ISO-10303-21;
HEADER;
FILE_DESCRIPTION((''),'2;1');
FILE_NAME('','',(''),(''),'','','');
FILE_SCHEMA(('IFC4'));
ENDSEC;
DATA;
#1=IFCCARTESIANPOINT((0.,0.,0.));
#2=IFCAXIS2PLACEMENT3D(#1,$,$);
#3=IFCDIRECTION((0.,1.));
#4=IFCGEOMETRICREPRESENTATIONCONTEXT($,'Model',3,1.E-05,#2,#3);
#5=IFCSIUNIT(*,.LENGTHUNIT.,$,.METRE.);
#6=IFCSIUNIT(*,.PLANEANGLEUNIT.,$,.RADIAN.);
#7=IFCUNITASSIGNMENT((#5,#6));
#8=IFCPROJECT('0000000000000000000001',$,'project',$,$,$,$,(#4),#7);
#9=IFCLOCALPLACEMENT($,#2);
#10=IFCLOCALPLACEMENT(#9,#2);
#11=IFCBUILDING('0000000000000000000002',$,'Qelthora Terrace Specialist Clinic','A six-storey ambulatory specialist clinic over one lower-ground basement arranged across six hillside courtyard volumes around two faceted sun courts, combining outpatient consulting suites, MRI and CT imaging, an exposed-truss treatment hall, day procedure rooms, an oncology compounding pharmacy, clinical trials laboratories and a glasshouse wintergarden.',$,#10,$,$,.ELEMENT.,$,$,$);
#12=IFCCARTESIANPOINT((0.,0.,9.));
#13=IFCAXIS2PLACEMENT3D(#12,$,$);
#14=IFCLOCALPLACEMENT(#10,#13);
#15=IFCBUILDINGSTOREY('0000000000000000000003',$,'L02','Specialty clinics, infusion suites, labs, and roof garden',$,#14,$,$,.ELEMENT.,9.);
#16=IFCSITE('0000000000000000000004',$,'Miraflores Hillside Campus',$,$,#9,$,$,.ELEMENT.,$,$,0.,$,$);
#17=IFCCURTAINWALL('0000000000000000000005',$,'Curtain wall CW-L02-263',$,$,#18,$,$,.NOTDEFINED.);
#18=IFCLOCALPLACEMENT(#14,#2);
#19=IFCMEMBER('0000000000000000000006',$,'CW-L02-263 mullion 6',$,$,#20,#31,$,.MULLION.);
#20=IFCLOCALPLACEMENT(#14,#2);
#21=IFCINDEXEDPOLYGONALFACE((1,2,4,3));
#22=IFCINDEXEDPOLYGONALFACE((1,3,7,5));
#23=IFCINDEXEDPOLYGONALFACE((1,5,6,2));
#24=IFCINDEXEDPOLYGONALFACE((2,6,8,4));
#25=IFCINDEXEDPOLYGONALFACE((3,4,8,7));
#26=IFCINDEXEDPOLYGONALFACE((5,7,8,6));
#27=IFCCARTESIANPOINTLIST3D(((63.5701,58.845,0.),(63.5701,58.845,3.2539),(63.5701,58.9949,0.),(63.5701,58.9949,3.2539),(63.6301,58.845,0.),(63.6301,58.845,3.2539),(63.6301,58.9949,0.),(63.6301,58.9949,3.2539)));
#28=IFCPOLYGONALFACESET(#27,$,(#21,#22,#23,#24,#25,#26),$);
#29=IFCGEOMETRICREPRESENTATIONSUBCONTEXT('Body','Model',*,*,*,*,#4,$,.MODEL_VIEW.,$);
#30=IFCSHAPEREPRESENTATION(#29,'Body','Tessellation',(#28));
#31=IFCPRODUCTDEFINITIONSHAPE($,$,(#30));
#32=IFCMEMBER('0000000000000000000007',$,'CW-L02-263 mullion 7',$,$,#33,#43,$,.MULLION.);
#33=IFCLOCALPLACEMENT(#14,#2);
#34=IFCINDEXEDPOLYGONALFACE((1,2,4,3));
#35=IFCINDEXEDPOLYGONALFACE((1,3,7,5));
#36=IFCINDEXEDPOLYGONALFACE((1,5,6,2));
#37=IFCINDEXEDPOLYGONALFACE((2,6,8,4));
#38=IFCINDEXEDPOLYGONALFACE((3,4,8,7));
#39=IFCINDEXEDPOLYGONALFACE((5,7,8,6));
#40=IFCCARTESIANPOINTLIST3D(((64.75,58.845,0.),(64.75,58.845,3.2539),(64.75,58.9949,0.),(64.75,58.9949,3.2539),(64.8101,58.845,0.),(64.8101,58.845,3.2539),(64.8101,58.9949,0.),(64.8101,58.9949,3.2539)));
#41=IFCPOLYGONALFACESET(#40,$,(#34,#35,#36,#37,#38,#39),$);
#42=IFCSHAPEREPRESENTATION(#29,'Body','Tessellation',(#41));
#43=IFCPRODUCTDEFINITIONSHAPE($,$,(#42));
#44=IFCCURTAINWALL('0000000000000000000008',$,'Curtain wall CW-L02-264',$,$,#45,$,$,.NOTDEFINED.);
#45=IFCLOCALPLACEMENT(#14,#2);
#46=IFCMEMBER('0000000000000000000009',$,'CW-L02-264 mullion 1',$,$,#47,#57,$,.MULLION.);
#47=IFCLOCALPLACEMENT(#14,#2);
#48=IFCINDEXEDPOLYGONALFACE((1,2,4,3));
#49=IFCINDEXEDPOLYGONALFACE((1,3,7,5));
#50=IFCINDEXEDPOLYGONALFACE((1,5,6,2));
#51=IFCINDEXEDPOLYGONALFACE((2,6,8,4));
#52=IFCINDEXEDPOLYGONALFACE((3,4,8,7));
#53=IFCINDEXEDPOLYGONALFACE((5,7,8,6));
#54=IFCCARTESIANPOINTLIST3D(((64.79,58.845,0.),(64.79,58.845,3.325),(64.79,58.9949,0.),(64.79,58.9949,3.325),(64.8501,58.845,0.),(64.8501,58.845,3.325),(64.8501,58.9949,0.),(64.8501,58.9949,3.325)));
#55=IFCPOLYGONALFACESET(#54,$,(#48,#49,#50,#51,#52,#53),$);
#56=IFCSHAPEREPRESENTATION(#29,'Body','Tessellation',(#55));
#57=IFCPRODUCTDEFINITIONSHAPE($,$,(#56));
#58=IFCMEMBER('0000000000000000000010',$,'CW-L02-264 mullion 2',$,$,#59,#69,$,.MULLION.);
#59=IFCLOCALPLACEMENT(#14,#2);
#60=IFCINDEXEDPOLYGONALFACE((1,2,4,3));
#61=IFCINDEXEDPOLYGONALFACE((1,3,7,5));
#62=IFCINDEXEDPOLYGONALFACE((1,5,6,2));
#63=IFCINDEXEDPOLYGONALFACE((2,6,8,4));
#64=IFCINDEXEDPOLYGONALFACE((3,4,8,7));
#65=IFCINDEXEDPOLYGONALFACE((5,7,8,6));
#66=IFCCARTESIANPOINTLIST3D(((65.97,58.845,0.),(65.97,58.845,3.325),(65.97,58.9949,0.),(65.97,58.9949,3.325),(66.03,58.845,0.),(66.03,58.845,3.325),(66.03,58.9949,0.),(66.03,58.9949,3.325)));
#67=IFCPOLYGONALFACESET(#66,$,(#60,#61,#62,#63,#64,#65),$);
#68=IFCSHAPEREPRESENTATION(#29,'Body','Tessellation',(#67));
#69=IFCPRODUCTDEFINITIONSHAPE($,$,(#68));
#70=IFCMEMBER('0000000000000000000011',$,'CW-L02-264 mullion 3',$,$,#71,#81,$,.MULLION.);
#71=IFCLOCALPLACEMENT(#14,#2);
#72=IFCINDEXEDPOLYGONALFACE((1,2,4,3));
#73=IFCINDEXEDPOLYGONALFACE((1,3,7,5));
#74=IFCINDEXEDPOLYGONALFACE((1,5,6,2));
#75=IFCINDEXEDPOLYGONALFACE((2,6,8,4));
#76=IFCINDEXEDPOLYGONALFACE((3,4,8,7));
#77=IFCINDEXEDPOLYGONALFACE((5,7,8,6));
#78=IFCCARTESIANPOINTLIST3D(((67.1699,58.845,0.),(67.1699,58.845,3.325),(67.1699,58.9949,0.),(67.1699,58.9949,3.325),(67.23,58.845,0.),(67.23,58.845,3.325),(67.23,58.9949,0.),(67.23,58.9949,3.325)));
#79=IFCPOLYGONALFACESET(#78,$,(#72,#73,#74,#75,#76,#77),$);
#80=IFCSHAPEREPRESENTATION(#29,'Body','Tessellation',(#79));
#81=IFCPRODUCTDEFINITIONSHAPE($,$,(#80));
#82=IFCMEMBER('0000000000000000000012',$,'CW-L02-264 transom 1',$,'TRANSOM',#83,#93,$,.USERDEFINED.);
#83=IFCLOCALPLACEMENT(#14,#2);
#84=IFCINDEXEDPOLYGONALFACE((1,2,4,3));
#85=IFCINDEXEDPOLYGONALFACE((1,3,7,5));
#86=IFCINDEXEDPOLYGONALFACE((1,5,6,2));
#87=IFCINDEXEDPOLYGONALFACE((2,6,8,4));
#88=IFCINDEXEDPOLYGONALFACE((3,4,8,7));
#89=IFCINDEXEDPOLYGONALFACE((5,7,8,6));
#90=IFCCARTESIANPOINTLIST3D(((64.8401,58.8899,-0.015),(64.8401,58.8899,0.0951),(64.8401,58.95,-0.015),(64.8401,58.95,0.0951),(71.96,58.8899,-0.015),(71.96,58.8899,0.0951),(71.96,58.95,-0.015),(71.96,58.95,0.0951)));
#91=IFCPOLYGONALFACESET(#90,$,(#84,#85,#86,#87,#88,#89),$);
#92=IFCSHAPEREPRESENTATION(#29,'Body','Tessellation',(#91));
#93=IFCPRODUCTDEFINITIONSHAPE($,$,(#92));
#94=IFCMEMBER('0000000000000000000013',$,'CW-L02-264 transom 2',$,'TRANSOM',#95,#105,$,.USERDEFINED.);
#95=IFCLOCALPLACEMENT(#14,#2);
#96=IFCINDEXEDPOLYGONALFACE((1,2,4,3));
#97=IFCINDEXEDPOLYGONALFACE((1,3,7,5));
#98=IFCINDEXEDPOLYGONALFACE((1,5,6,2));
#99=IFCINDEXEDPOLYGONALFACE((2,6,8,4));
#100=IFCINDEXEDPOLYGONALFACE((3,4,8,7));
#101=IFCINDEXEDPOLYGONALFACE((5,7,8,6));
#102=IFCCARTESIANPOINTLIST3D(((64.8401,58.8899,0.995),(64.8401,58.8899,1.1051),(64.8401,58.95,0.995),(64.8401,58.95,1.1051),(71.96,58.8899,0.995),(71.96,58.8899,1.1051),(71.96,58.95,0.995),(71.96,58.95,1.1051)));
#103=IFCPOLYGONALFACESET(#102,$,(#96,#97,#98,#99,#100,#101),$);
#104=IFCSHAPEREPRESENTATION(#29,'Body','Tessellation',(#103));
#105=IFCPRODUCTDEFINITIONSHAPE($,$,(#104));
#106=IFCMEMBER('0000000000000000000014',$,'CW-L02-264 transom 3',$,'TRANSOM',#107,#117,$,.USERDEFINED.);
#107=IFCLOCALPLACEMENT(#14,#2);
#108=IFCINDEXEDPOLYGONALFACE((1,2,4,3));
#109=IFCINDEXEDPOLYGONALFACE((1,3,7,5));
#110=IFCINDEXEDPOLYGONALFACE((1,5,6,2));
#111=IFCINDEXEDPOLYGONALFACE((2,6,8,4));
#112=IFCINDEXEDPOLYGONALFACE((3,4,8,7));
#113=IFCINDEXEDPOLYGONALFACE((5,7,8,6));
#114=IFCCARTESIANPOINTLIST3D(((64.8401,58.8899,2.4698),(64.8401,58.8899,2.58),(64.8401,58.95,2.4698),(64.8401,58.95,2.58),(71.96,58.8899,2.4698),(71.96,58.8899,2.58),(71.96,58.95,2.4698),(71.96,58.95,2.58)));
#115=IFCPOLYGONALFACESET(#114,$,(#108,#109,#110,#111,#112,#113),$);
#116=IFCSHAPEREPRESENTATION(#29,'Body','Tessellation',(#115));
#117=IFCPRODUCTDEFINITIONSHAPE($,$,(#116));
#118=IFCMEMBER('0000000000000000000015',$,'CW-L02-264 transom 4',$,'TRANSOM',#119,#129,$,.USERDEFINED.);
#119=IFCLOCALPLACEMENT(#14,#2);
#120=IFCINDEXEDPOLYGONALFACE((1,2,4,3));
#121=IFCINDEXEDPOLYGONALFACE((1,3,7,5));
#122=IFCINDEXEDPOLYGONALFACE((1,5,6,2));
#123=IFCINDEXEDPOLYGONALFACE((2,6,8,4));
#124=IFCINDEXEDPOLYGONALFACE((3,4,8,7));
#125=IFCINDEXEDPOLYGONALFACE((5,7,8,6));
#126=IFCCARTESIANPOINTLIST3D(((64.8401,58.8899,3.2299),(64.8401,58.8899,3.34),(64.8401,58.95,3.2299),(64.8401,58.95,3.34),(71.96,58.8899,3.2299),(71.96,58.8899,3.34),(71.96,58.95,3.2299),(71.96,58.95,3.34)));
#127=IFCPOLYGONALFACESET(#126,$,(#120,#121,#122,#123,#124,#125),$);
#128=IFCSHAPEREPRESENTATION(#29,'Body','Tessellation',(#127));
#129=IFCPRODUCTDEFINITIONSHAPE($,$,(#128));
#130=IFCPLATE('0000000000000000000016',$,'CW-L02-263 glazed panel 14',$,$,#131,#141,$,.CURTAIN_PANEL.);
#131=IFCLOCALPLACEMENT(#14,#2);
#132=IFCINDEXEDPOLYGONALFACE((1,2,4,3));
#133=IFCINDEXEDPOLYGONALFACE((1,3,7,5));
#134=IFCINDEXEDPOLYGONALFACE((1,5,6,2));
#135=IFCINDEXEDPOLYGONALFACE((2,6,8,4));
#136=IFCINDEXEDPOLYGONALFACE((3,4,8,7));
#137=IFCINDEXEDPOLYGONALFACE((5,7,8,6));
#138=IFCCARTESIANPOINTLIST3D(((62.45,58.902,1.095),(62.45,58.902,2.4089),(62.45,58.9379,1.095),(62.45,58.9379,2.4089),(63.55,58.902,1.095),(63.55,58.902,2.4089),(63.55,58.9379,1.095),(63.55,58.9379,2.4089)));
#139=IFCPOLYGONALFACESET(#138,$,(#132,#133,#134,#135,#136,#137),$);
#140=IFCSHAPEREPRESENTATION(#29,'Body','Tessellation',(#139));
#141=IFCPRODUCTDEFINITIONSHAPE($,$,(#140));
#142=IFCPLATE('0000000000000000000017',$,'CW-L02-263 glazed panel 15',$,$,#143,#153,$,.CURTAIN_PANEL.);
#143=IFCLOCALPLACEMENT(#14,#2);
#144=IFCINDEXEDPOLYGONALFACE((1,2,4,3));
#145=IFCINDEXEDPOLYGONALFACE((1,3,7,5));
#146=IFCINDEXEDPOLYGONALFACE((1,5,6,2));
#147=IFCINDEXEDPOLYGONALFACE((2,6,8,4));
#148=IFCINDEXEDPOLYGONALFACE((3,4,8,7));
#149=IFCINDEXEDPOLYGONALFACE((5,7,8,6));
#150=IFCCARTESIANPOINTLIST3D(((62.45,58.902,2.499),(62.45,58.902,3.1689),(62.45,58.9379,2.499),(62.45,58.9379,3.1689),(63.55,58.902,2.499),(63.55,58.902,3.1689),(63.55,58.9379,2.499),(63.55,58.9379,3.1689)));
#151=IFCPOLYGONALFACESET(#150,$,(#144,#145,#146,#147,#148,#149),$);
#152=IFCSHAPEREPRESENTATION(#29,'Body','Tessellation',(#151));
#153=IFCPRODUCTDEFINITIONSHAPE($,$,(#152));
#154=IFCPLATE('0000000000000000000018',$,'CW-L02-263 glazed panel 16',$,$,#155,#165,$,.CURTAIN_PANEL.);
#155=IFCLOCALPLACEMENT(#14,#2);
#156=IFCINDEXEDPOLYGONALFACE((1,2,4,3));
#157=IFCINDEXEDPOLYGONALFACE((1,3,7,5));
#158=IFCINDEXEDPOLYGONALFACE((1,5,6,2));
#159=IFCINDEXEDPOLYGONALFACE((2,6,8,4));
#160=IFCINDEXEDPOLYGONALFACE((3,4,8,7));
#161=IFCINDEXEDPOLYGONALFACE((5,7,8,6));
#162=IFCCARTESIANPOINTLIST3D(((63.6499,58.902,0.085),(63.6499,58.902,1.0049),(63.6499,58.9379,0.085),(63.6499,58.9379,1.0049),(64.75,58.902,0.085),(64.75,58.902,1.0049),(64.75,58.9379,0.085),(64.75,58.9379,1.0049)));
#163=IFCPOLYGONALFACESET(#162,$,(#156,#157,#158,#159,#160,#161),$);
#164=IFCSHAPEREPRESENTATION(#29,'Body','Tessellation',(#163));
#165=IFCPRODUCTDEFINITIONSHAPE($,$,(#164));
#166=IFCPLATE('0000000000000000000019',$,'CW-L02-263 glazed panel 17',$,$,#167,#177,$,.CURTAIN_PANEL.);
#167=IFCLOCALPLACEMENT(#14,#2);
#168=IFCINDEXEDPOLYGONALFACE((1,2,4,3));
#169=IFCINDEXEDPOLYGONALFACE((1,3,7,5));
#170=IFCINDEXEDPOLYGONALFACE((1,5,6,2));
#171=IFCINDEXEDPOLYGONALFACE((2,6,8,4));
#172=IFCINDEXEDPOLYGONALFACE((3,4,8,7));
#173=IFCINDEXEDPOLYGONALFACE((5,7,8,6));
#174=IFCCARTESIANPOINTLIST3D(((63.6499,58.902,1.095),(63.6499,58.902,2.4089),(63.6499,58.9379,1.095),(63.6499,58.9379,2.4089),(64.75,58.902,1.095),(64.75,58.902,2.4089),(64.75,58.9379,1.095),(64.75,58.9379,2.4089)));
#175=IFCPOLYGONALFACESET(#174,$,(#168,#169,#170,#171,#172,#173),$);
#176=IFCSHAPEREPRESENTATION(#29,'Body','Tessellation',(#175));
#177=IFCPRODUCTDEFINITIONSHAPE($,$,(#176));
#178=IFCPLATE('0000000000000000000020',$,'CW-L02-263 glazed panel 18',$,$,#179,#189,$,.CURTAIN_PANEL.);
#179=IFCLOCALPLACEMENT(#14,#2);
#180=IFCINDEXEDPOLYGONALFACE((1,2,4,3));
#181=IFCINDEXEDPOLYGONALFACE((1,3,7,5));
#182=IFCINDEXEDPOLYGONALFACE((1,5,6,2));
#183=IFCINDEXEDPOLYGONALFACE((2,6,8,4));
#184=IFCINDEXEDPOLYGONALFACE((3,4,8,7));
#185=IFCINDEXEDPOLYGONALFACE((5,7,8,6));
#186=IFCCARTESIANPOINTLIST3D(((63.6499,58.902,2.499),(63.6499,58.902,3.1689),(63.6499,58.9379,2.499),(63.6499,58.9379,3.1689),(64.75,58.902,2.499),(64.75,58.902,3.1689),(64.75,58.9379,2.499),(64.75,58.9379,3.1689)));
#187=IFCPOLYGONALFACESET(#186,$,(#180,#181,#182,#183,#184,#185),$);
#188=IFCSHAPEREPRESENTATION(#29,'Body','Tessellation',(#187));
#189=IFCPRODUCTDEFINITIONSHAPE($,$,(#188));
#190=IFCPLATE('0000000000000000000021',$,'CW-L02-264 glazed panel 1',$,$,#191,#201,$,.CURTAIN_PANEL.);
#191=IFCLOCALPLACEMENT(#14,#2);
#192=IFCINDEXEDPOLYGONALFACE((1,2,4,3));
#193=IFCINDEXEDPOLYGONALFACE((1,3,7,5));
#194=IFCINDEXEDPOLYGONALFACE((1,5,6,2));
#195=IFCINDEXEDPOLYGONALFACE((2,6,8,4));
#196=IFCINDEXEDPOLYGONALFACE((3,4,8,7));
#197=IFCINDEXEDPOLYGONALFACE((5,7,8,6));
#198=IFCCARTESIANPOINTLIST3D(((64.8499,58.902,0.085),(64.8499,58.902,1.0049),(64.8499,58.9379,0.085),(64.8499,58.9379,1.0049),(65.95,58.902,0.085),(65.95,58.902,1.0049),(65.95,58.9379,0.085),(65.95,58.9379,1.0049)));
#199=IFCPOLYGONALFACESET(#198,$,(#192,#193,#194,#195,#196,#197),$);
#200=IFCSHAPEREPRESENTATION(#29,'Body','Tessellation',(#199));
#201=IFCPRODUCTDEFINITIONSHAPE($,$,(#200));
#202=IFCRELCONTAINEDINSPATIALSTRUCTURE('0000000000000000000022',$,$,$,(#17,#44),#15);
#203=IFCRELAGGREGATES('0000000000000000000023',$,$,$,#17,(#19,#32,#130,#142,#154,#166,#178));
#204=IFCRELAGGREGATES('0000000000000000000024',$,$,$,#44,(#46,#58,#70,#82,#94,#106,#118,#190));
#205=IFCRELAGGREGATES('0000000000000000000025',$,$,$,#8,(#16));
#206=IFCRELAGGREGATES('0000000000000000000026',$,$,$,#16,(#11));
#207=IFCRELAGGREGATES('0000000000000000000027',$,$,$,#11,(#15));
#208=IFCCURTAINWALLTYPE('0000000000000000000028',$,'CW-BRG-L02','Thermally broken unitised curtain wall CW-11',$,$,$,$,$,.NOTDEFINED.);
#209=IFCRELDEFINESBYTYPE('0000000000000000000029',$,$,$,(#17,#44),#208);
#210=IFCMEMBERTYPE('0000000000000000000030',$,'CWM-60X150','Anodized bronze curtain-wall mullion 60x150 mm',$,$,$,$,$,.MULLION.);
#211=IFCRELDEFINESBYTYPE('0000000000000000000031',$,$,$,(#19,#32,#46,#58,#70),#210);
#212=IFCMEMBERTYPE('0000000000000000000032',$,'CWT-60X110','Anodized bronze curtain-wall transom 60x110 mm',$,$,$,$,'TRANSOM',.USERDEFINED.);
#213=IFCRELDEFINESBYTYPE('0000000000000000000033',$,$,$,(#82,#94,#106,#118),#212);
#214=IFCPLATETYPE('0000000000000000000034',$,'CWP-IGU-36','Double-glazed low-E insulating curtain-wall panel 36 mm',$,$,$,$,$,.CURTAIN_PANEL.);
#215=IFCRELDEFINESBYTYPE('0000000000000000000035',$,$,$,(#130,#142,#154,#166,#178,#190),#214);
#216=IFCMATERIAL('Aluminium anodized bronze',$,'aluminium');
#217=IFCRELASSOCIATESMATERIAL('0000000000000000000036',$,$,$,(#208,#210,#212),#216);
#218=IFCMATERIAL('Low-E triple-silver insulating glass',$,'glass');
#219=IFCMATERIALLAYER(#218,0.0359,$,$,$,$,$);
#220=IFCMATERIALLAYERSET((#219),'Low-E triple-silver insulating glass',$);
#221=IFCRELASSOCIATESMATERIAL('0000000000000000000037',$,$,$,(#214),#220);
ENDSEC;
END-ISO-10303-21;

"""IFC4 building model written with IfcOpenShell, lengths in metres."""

from ifc_helpers import new_model, si_unit, direction, frame, origin, origin_2d, place, context, subcontext, project, spatial, rectangle, extrude, material, layer, layer_set, material_profile, profile_set, type_object, element, aggregate, save


model = new_model("IFC4")

# Units and contexts
model_context = context("Model", 3, precision=1e-05, world=origin(), true_north=direction((0.0, 1.0)))
body_context = subcontext(model_context, "Body", "Model", "MODEL_VIEW")
ifc_project = project(units=[si_unit("LENGTHUNIT", "METRE"), si_unit("PLANEANGLEUNIT", "RADIAN")], contexts=[model_context])

# Site, building, storey
site_placement = place(None, origin())
site = spatial("IfcSite", under=ifc_project, at=site_placement, Name="Miraflores Hillside Campus", CompositionType="ELEMENT", RefElevation=0.0)
building_placement = place(site_placement, origin())
building = spatial("IfcBuilding", under=site, at=building_placement, Name="Qelthora Terrace Specialist Clinic", Description="A six-storey ambulatory specialist clinic over one lower-ground basement arranged across six hillside courtyard volumes around two faceted sun courts, combining outpatient consulting suites, MRI and CT imaging, an exposed-truss treatment hall, day procedure rooms, an oncology compounding pharmacy, clinical trials laboratories and a glasshouse wintergarden.", CompositionType="ELEMENT")
storey_placement = place(building_placement, frame((0.0, 0.0, 9.0)))
storey = spatial("IfcBuildingStorey", under=building, at=storey_placement, Name="L02", Description="Specialty clinics, infusion suites, labs, and roof garden", CompositionType="ELEMENT", Elevation=9.0)

# Curtain walls, members
ifc_material_1 = material(Name="Aluminium anodized bronze", Category="aluminium")
curtain_wall_type = type_object("IfcCurtainWallType", Name="CW-BRG-L02", Description="Thermally broken unitised curtain wall CW-11", PredefinedType="NOTDEFINED", material=ifc_material_1)
curtain_wall_1_placement = place(storey_placement, origin())
curtain_wall_1 = element("IfcCurtainWall", 1, at=curtain_wall_1_placement, inside=storey, type_object=curtain_wall_type, Name="Curtain wall CW-L02-263", PredefinedType="NOTDEFINED")
ifc_material_profile_1 = material_profile(ifc_material_1, rectangle(XDim=0.0601, YDim=0.1499, at=origin_2d()), Name="CWM60X150")
ifc_profile_set_1 = profile_set([ifc_material_profile_1], Name="Aluminium anodized bronze")
member_type_1 = type_object("IfcMemberType", Name="CWM-60X150", Description="Anodized bronze curtain-wall mullion 60x150 mm", PredefinedType="MULLION", material=ifc_profile_set_1)
member_1_placement = place(storey_placement, frame((63.6001, 58.9199, 0.0), z_axis=(0.0, 0.0, 1.0), x_axis=(1.0, 0.0, 0.0)))
member_1 = element("IfcMember", 2, at=member_1_placement, type_object=member_type_1, Name="CW-L02-263 mullion 6", PredefinedType="MULLION", context=body_context, shape_type="SweptSolid", body=[
    extrude(rectangle(XDim=0.0601, YDim=0.1499, at=origin_2d()), origin(), (0.0, 0.0, 1.0), 3.2539),
])
member_2_placement = place(storey_placement, frame((64.78, 58.9199, 0.0), z_axis=(0.0, 0.0, 1.0), x_axis=(1.0, 0.0, 0.0)))
member_2 = element("IfcMember", 3, at=member_2_placement, type_object=member_type_1, Name="CW-L02-263 mullion 7", PredefinedType="MULLION", context=body_context, shape_type="SweptSolid", body=[
    extrude(rectangle(XDim=0.0601, YDim=0.1499, at=origin_2d()), origin(), (0.0, 0.0, 1.0), 3.2539),
])
curtain_wall_2_placement = place(storey_placement, origin())
curtain_wall_2 = element("IfcCurtainWall", 4, at=curtain_wall_2_placement, inside=storey, type_object=curtain_wall_type, Name="Curtain wall CW-L02-264", PredefinedType="NOTDEFINED")
member_3_placement = place(storey_placement, frame((64.8201, 58.9199, 0.0), z_axis=(0.0, 0.0, 1.0), x_axis=(1.0, 0.0, 0.0)))
member_3 = element("IfcMember", 5, at=member_3_placement, type_object=member_type_1, Name="CW-L02-264 mullion 1", PredefinedType="MULLION", context=body_context, shape_type="SweptSolid", body=[
    extrude(rectangle(XDim=0.0601, YDim=0.1499, at=origin_2d()), origin(), (0.0, 0.0, 1.0), 3.325),
])
member_4_placement = place(storey_placement, frame((66.0, 58.9199, 0.0), z_axis=(0.0, 0.0, 1.0), x_axis=(1.0, 0.0, 0.0)))
member_4 = element("IfcMember", 6, at=member_4_placement, type_object=member_type_1, Name="CW-L02-264 mullion 2", PredefinedType="MULLION", context=body_context, shape_type="SweptSolid", body=[
    extrude(rectangle(XDim=0.0601, YDim=0.1499, at=origin_2d()), origin(), (0.0, 0.0, 1.0), 3.325),
])
member_5_placement = place(storey_placement, frame((67.2, 58.9199, 0.0), z_axis=(0.0, 0.0, 1.0), x_axis=(1.0, 0.0, 0.0)))
member_5 = element("IfcMember", 7, at=member_5_placement, type_object=member_type_1, Name="CW-L02-264 mullion 3", PredefinedType="MULLION", context=body_context, shape_type="SweptSolid", body=[
    extrude(rectangle(XDim=0.0601, YDim=0.1499, at=origin_2d()), origin(), (0.0, 0.0, 1.0), 3.325),
])
ifc_material_profile_2 = material_profile(ifc_material_1, rectangle(XDim=0.0601, YDim=0.1101, at=origin_2d()), Name="CWT60X110")
ifc_profile_set_2 = profile_set([ifc_material_profile_2], Name="Aluminium anodized bronze")
member_type_2 = type_object("IfcMemberType", Name="CWT-60X110", Description="Anodized bronze curtain-wall transom 60x110 mm", ElementType="TRANSOM", PredefinedType="USERDEFINED", material=ifc_profile_set_2)
member_6_placement = place(storey_placement, frame((64.8401, 58.9199, 0.04), z_axis=(1.0, 0.0, 0.0), x_axis=(0.0, 1.0, 0.0)))
member_6 = element("IfcMember", 8, at=member_6_placement, type_object=member_type_2, Name="CW-L02-264 transom 1", ObjectType="TRANSOM", PredefinedType="USERDEFINED", context=body_context, shape_type="SweptSolid", body=[
    extrude(rectangle(XDim=0.0601, YDim=0.1101, at=origin_2d()), origin(), (0.0, 0.0, 1.0), 7.1199),
])
member_7_placement = place(storey_placement, frame((64.8401, 58.9199, 1.05), z_axis=(1.0, 0.0, 0.0), x_axis=(0.0, 1.0, 0.0)))
member_7 = element("IfcMember", 9, at=member_7_placement, type_object=member_type_2, Name="CW-L02-264 transom 2", ObjectType="TRANSOM", PredefinedType="USERDEFINED", context=body_context, shape_type="SweptSolid", body=[
    extrude(rectangle(XDim=0.0601, YDim=0.1101, at=origin_2d()), origin(), (0.0, 0.0, 1.0), 7.1199),
])
member_8_placement = place(storey_placement, frame((64.8401, 58.9199, 2.5249), z_axis=(1.0, 0.0, 0.0), x_axis=(0.0, 1.0, 0.0)))
member_8 = element("IfcMember", 10, at=member_8_placement, type_object=member_type_2, Name="CW-L02-264 transom 3", ObjectType="TRANSOM", PredefinedType="USERDEFINED", context=body_context, shape_type="SweptSolid", body=[
    extrude(rectangle(XDim=0.0601, YDim=0.1101, at=origin_2d()), origin(), (0.0, 0.0, 1.0), 7.1199),
])
member_9_placement = place(storey_placement, frame((64.8401, 58.9199, 3.2849), z_axis=(1.0, 0.0, 0.0), x_axis=(0.0, 1.0, 0.0)))
member_9 = element("IfcMember", 11, at=member_9_placement, type_object=member_type_2, Name="CW-L02-264 transom 4", ObjectType="TRANSOM", PredefinedType="USERDEFINED", context=body_context, shape_type="SweptSolid", body=[
    extrude(rectangle(XDim=0.0601, YDim=0.1101, at=origin_2d()), origin(), (0.0, 0.0, 1.0), 7.1199),
])

# Plates
ifc_material_2 = material(Name="Low-E triple-silver insulating glass", Category="glass")
ifc_layer = layer(ifc_material_2, 0.0359)
ifc_layer_set = layer_set([ifc_layer], Name="Low-E triple-silver insulating glass")
plate_type = type_object("IfcPlateType", Name="CWP-IGU-36", Description="Double-glazed low-E insulating curtain-wall panel 36 mm", PredefinedType="CURTAIN_PANEL", material=ifc_layer_set)
plate_1_placement = place(storey_placement, frame((63.0, 58.9199, 1.095), z_axis=(0.0, 0.0, 1.0), x_axis=(1.0, 0.0, 0.0)))
plate_1 = element("IfcPlate", 12, at=plate_1_placement, type_object=plate_type, Name="CW-L02-263 glazed panel 14", PredefinedType="CURTAIN_PANEL", context=body_context, shape_type="SweptSolid", body=[
    extrude(rectangle(XDim=1.1001, YDim=0.0359, at=origin_2d()), origin(), (0.0, 0.0, 1.0), 1.314),
])
plate_2_placement = place(storey_placement, frame((63.0, 58.9199, 2.499), z_axis=(0.0, 0.0, 1.0), x_axis=(1.0, 0.0, 0.0)))
plate_2 = element("IfcPlate", 13, at=plate_2_placement, type_object=plate_type, Name="CW-L02-263 glazed panel 15", PredefinedType="CURTAIN_PANEL", context=body_context, shape_type="SweptSolid", body=[
    extrude(rectangle(XDim=1.1001, YDim=0.0359, at=origin_2d()), origin(), (0.0, 0.0, 1.0), 0.6699),
])
plate_3_placement = place(storey_placement, frame((64.2, 58.9199, 0.085), z_axis=(0.0, 0.0, 1.0), x_axis=(1.0, 0.0, 0.0)))
plate_3 = element("IfcPlate", 14, at=plate_3_placement, type_object=plate_type, Name="CW-L02-263 glazed panel 16", PredefinedType="CURTAIN_PANEL", context=body_context, shape_type="SweptSolid", body=[
    extrude(rectangle(XDim=1.1001, YDim=0.0359, at=origin_2d()), origin(), (0.0, 0.0, 1.0), 0.9199),
])
plate_4_placement = place(storey_placement, frame((64.2, 58.9199, 1.095), z_axis=(0.0, 0.0, 1.0), x_axis=(1.0, 0.0, 0.0)))
plate_4 = element("IfcPlate", 15, at=plate_4_placement, type_object=plate_type, Name="CW-L02-263 glazed panel 17", PredefinedType="CURTAIN_PANEL", context=body_context, shape_type="SweptSolid", body=[
    extrude(rectangle(XDim=1.1001, YDim=0.0359, at=origin_2d()), origin(), (0.0, 0.0, 1.0), 1.314),
])
plate_5_placement = place(storey_placement, frame((64.2, 58.9199, 2.499), z_axis=(0.0, 0.0, 1.0), x_axis=(1.0, 0.0, 0.0)))
plate_5 = element("IfcPlate", 16, at=plate_5_placement, type_object=plate_type, Name="CW-L02-263 glazed panel 18", PredefinedType="CURTAIN_PANEL", context=body_context, shape_type="SweptSolid", body=[
    extrude(rectangle(XDim=1.1001, YDim=0.0359, at=origin_2d()), origin(), (0.0, 0.0, 1.0), 0.6699),
])
aggregate(curtain_wall_1, [member_1, member_2, plate_1, plate_2, plate_3, plate_4, plate_5])
plate_6_placement = place(storey_placement, frame((65.3999, 58.9199, 0.085), z_axis=(0.0, 0.0, 1.0), x_axis=(1.0, 0.0, 0.0)))
plate_6 = element("IfcPlate", 17, at=plate_6_placement, type_object=plate_type, Name="CW-L02-264 glazed panel 1", PredefinedType="CURTAIN_PANEL", context=body_context, shape_type="SweptSolid", body=[
    extrude(rectangle(XDim=1.1001, YDim=0.0359, at=origin_2d()), origin(), (0.0, 0.0, 1.0), 0.9199),
])
aggregate(curtain_wall_2, [member_3, member_4, member_5, member_6, member_7, member_8, member_9, plate_6])

save(model, "model.ifc")
